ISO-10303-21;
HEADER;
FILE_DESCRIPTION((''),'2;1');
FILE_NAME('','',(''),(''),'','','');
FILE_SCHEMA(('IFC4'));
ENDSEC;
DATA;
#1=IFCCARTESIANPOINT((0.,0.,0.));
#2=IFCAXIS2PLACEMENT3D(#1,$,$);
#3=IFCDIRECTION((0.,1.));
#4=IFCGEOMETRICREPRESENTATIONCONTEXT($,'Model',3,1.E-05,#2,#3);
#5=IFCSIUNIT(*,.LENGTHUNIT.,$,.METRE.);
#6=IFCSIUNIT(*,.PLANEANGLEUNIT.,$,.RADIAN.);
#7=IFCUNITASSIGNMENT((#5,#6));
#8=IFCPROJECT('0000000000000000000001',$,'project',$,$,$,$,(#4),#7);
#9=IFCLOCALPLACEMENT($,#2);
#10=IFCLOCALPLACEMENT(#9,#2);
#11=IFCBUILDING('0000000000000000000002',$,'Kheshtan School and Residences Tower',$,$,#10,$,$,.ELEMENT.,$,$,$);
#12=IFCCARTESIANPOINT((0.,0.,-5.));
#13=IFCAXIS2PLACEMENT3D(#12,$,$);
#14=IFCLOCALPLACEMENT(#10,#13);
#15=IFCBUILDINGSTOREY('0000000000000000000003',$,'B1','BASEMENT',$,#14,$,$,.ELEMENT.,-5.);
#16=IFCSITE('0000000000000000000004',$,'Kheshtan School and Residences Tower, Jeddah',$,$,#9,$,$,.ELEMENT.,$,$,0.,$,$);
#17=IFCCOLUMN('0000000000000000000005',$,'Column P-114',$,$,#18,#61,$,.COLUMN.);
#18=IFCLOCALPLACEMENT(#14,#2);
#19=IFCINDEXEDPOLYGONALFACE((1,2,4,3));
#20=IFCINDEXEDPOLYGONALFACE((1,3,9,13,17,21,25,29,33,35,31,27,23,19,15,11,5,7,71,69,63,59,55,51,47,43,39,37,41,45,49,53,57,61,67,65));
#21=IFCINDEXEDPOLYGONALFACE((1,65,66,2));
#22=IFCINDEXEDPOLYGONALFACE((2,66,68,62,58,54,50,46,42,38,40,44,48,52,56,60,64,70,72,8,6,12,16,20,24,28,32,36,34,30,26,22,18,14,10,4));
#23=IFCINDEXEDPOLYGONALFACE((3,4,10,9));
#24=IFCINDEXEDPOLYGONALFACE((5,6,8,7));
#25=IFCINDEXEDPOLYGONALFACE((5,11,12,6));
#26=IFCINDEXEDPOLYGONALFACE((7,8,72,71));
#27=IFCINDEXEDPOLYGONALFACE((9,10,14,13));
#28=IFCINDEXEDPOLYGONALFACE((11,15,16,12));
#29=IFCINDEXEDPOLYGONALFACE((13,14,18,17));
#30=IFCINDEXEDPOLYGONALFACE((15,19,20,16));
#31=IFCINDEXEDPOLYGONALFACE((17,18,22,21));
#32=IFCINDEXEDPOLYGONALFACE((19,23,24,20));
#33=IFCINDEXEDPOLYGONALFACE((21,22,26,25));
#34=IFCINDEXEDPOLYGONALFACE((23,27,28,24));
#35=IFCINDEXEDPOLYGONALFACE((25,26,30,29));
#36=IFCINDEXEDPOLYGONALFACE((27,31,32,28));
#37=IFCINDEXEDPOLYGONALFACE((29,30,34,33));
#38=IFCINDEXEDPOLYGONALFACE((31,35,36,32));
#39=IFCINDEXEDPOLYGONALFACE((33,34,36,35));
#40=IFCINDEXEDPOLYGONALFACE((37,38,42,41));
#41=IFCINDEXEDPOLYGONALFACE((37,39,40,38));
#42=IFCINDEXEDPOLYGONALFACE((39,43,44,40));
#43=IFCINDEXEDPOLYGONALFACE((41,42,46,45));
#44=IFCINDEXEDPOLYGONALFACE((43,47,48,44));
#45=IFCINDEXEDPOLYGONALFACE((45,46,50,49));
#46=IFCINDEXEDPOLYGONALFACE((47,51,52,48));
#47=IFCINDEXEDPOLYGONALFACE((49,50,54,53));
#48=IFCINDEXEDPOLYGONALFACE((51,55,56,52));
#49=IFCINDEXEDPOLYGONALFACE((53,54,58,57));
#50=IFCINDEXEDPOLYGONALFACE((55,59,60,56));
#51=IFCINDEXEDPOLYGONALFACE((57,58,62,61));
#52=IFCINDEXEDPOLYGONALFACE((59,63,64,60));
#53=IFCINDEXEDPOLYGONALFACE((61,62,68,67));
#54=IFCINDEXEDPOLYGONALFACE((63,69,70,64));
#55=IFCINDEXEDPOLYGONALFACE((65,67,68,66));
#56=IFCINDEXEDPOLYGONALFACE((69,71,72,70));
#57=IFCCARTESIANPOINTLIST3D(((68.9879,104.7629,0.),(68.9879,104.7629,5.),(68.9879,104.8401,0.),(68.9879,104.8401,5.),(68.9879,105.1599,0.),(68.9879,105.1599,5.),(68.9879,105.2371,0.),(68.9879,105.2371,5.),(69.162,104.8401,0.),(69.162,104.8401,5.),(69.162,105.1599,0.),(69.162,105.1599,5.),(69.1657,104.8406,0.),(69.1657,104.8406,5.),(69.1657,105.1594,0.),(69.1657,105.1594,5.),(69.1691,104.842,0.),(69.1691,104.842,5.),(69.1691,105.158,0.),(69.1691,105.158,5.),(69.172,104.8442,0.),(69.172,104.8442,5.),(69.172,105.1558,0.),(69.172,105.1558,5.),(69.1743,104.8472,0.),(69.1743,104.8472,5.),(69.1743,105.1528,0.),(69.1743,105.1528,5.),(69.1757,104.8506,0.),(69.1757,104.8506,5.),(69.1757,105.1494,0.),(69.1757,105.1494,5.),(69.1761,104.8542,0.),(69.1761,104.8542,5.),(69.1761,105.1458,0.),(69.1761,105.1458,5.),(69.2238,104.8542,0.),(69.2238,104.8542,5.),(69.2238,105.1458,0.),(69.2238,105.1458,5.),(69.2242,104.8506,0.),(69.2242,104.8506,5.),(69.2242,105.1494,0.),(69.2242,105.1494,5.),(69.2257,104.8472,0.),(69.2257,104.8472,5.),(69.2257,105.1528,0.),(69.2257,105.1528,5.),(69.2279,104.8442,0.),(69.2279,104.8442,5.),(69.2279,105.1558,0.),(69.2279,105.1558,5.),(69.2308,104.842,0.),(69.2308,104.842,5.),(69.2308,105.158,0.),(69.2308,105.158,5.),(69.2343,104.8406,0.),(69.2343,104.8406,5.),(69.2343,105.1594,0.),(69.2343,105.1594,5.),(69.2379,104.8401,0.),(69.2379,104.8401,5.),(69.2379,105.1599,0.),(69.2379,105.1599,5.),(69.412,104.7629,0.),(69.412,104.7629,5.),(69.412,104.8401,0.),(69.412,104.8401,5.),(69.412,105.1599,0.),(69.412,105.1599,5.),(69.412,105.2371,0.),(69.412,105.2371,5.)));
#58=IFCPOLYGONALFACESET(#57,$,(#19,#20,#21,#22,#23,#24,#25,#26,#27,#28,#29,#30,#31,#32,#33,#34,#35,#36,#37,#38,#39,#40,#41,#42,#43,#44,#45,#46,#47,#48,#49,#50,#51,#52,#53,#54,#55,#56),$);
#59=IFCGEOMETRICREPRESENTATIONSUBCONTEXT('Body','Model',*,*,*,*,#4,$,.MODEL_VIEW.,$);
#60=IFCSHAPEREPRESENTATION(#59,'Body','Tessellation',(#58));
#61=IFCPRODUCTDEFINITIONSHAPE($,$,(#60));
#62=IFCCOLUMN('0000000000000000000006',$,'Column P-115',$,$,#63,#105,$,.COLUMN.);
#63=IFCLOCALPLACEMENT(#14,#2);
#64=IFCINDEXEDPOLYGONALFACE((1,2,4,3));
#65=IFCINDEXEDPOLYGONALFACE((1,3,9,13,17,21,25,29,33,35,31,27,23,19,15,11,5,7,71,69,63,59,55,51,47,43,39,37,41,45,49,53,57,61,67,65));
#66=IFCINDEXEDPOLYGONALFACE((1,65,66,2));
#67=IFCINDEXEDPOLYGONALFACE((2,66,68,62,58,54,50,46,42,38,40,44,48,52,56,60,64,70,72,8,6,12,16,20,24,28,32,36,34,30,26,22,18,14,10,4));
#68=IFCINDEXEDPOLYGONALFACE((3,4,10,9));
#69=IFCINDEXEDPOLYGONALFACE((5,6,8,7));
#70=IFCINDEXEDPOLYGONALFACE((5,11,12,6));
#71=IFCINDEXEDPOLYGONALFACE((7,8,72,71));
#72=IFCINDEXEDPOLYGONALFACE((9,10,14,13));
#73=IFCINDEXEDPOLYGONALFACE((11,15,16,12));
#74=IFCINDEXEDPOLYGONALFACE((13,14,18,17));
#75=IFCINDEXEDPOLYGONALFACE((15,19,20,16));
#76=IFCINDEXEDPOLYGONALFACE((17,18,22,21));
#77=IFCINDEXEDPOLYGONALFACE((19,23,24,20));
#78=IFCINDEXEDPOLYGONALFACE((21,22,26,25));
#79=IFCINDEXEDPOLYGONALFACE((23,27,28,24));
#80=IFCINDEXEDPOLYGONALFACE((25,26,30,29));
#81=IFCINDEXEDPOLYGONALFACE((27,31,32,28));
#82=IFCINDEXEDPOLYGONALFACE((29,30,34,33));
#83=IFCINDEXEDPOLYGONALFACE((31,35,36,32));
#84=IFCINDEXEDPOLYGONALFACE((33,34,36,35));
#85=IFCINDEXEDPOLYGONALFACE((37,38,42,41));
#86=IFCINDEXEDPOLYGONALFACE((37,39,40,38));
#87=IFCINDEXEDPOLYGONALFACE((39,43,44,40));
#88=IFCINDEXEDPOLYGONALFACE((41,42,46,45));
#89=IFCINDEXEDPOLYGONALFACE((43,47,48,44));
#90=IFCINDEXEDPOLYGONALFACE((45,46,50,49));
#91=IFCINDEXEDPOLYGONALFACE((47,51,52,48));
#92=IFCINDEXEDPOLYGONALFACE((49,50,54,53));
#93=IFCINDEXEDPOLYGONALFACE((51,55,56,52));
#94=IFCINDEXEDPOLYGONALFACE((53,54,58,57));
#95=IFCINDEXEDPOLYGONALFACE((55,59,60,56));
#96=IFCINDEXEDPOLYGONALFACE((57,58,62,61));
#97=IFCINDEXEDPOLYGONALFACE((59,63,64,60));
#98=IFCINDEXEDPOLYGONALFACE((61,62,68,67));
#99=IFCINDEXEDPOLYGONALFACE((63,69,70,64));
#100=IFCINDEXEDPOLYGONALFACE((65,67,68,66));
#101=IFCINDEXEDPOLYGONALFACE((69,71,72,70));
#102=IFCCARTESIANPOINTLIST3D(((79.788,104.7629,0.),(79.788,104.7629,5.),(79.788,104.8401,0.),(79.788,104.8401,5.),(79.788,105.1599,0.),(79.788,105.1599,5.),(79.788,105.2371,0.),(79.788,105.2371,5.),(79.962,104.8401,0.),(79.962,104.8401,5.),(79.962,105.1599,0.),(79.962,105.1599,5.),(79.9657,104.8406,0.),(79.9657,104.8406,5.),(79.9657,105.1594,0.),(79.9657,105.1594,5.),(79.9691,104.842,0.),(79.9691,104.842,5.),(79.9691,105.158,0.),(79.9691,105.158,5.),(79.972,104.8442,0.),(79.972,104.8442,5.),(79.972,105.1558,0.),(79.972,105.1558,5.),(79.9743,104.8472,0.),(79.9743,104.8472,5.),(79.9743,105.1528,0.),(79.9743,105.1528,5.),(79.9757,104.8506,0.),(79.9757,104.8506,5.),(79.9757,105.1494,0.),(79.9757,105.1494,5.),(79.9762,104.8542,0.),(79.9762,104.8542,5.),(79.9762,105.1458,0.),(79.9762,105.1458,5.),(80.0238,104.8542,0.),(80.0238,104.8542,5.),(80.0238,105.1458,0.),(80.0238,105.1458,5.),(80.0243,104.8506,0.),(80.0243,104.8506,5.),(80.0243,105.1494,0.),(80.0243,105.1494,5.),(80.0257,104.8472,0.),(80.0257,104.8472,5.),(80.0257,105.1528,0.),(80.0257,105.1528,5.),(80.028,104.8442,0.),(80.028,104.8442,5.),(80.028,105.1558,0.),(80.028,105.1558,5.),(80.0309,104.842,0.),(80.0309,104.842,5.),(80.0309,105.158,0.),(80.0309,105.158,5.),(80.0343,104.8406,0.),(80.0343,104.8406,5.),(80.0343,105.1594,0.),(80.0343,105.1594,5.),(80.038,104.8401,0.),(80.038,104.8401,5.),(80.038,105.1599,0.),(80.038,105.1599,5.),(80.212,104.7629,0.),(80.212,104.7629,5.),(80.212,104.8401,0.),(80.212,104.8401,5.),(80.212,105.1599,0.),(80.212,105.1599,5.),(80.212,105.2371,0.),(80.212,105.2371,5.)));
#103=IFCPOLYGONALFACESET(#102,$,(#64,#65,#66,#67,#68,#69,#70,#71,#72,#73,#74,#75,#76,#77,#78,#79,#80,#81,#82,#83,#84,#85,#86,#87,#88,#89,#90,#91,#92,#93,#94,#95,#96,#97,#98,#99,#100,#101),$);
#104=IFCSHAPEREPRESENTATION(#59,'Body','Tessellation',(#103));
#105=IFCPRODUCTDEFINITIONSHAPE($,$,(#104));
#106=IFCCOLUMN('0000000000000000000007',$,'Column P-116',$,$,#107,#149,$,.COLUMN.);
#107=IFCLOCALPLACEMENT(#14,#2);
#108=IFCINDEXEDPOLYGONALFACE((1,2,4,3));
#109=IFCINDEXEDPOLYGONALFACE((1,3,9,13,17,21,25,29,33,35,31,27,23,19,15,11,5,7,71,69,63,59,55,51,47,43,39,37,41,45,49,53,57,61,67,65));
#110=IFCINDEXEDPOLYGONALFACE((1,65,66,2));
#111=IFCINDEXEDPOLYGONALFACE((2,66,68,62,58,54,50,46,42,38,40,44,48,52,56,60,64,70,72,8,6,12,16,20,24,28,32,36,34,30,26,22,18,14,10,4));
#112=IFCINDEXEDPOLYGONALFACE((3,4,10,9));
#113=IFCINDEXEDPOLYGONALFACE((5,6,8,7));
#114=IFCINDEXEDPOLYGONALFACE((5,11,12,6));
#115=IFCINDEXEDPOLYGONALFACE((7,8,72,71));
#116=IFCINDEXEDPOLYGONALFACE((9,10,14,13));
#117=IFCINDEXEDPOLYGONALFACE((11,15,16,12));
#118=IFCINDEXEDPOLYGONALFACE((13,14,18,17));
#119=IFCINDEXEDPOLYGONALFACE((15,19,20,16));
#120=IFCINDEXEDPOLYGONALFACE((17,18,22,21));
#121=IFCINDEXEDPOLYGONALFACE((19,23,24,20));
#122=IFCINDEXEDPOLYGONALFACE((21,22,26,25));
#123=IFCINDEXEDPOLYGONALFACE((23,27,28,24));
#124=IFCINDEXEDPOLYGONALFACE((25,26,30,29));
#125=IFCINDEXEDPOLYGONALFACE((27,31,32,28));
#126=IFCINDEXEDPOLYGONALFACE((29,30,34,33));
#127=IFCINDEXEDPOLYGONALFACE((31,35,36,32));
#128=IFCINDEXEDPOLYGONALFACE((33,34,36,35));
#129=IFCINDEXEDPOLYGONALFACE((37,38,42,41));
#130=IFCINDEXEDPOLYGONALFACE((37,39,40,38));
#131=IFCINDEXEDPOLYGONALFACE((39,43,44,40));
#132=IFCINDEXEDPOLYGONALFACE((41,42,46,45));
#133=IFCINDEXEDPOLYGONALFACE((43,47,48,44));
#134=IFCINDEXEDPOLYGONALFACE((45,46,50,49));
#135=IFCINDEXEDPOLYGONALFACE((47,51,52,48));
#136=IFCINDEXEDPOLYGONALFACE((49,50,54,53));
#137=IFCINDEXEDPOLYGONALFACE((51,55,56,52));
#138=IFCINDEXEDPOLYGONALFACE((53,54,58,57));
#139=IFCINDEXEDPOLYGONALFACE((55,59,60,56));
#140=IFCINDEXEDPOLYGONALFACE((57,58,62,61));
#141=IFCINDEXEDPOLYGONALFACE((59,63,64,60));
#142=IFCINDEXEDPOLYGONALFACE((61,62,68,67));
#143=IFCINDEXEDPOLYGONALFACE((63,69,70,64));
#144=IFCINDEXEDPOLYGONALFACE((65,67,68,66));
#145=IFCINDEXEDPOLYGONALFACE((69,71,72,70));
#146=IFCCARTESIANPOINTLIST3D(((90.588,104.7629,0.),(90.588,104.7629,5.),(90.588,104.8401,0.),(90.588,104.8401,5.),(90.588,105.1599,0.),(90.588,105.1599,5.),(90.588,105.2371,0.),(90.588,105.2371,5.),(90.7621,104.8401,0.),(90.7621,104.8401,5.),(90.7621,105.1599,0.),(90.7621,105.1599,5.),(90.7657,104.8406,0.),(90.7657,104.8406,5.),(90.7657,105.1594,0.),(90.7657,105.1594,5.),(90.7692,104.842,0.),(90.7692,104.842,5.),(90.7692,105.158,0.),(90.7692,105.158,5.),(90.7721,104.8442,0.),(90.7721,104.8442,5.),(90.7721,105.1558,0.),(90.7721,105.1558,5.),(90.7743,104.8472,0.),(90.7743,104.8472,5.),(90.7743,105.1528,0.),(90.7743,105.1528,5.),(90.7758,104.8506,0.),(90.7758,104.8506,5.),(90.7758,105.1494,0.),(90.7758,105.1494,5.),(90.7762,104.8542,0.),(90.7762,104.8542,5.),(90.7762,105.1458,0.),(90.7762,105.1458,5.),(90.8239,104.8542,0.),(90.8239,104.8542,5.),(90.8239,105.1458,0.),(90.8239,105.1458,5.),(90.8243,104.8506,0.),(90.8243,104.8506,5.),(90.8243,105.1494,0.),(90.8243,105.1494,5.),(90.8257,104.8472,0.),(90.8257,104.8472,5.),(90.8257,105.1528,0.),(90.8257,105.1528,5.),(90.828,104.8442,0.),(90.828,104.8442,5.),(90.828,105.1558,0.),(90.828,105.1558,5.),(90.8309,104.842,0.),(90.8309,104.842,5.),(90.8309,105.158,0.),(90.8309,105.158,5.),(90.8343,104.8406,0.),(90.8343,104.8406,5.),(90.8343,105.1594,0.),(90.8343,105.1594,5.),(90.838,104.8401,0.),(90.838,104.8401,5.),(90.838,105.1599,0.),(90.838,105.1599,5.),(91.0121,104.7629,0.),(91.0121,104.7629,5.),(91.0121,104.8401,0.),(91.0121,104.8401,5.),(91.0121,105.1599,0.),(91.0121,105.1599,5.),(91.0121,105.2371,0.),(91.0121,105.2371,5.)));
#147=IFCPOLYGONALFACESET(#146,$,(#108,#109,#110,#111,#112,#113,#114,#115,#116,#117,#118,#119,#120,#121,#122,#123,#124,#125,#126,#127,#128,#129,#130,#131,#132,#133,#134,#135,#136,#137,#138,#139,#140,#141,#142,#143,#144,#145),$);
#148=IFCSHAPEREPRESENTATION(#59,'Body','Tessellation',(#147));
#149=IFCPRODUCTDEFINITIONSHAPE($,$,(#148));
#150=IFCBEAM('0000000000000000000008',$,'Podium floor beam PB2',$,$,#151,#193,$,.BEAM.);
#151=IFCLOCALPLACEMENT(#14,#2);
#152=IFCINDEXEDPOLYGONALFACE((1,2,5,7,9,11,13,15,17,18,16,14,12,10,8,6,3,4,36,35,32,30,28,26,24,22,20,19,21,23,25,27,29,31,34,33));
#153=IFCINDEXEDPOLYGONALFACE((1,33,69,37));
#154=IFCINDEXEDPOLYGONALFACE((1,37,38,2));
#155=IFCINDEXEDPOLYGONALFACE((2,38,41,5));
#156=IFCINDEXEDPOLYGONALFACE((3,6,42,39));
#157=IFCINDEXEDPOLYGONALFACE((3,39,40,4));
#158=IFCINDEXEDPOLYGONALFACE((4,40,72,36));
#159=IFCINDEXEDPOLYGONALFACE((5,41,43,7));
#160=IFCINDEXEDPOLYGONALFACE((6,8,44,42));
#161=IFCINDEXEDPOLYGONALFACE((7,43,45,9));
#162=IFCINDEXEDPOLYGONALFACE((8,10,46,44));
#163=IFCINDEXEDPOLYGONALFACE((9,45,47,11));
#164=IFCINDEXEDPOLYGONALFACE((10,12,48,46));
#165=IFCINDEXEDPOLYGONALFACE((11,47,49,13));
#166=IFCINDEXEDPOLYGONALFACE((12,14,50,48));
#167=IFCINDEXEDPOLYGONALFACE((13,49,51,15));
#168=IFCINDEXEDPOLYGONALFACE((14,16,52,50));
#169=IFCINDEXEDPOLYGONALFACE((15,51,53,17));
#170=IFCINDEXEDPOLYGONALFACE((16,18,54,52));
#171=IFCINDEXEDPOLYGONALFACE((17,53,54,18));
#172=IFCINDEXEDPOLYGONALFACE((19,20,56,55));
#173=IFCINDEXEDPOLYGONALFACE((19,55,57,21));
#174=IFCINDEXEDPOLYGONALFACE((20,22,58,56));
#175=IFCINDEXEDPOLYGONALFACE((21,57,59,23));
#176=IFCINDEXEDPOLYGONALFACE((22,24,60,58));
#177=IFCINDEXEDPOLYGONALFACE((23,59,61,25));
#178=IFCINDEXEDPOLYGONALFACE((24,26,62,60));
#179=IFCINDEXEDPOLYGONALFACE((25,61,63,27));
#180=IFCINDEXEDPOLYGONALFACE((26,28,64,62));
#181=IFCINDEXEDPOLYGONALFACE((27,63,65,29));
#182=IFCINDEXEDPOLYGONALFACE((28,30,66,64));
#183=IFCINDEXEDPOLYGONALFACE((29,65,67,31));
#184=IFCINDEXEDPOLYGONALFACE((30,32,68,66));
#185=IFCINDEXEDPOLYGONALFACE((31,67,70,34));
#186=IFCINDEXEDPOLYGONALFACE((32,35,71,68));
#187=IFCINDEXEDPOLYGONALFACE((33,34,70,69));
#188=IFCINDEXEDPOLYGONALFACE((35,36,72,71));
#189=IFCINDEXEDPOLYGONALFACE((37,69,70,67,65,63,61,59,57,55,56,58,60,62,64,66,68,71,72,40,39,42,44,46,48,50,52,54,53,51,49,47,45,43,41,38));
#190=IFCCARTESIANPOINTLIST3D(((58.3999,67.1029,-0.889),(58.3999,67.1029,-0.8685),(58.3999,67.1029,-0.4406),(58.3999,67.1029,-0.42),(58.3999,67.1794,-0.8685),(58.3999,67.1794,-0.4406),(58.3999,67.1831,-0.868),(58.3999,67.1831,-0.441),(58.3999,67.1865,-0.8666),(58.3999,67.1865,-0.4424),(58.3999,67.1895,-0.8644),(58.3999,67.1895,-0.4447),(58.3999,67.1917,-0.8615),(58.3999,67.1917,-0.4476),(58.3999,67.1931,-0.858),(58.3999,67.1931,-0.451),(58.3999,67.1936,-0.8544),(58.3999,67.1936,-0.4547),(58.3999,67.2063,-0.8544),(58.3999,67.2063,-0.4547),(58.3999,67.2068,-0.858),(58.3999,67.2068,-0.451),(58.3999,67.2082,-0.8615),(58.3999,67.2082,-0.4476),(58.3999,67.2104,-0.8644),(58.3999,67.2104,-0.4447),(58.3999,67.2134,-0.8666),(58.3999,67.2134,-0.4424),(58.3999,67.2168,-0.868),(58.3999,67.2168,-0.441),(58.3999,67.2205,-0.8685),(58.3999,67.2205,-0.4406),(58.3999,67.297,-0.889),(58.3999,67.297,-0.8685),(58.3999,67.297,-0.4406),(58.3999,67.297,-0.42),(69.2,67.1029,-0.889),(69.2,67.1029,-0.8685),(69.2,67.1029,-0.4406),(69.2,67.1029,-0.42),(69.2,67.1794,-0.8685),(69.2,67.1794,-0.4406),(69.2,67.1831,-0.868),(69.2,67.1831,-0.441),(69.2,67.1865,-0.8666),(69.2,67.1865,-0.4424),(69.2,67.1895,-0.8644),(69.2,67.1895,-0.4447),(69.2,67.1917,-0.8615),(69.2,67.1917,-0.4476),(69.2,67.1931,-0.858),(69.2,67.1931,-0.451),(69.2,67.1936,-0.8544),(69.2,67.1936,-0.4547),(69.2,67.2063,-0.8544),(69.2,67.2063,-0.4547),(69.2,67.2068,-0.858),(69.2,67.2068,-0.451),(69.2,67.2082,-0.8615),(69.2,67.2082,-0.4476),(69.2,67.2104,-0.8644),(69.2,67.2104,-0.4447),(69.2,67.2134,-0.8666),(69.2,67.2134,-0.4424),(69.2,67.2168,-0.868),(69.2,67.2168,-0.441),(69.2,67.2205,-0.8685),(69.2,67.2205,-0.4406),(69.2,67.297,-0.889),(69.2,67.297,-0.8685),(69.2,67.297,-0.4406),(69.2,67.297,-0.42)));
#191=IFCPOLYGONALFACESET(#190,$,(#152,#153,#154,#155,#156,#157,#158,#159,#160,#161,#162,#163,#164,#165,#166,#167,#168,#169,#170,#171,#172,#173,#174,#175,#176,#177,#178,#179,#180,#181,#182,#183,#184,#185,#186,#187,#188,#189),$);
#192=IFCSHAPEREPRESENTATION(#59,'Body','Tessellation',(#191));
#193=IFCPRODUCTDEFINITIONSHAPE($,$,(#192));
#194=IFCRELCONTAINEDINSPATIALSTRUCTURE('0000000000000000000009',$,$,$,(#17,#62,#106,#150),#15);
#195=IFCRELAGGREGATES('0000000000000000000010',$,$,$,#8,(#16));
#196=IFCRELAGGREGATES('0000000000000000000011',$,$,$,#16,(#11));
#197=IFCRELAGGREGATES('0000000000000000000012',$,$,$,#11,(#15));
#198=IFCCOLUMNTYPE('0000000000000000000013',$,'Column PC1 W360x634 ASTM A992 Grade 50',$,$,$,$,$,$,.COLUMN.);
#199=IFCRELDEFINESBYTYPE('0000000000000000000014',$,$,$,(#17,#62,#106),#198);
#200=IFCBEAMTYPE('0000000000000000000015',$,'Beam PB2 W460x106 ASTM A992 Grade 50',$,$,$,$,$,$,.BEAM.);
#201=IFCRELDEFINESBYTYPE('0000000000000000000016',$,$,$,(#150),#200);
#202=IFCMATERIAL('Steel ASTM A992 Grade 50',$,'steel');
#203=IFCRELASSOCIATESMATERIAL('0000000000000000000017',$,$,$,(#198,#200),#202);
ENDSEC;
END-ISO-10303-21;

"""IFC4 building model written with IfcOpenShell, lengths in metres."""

from ifc_helpers import new_model, si_unit, direction, frame, origin, origin_2d, place, context, subcontext, project, spatial, i_section, extrude, material, material_profile, profile_set, type_object, element, save


model = new_model("IFC4")

# Units and contexts
model_context = context("Model", 3, precision=1e-05, world=origin(), true_north=direction((0.0, 1.0)))
body_context = subcontext(model_context, "Body", "Model", "MODEL_VIEW")
ifc_project = project(units=[si_unit("LENGTHUNIT", "METRE"), si_unit("PLANEANGLEUNIT", "RADIAN")], contexts=[model_context])

# Site, building, storey
site_placement = place(None, origin())
site = spatial("IfcSite", under=ifc_project, at=site_placement, Name="Kheshtan School and Residences Tower, Jeddah", CompositionType="ELEMENT", RefElevation=0.0)
building_placement = place(site_placement, origin())
building = spatial("IfcBuilding", under=site, at=building_placement, Name="Kheshtan School and Residences Tower", CompositionType="ELEMENT")
storey_placement = place(building_placement, frame((0.0, 0.0, -5.0)))
storey = spatial("IfcBuildingStorey", under=building, at=storey_placement, Name="B1", Description="BASEMENT", CompositionType="ELEMENT", Elevation=-5.0)

# Columns
ifc_material_1 = material(Name="Steel ASTM A992 Grade 50", Category="steel")
ifc_material_profile_1 = material_profile(ifc_material_1, i_section(OverallWidth=0.4241, OverallDepth=0.4741, WebThickness=0.0476, FlangeThickness=0.0771, FilletRadius=0.0142, at=origin_2d()), Name="W360x634")
ifc_profile_set_1 = profile_set([ifc_material_profile_1], Name="Steel ASTM A992 Grade 50")
column_type = type_object("IfcColumnType", Name="Column PC1 W360x634 ASTM A992 Grade 50", PredefinedType="COLUMN", material=ifc_profile_set_1)
for number, where, z_axis, x_axis, name in (
    (1, (69.2, 105.0, 0.0), (0.0, 0.0, 1.0), (1.0, 0.0, 0.0), "Column P-114"),
    (2, (80.0, 105.0, 0.0), (0.0, 0.0, 1.0), (1.0, 0.0, 0.0), "Column P-115"),
    (3, (90.8, 105.0, 0.0), (0.0, 0.0, 1.0), (1.0, 0.0, 0.0), "Column P-116"),
):
    element("IfcColumn", number, at=place(storey_placement, frame(where, z_axis=z_axis, x_axis=x_axis)), inside=storey, type_object=column_type, Name=name, PredefinedType="COLUMN", context=body_context, shape_type="SweptSolid", body=[
        extrude(i_section(OverallWidth=0.4241, OverallDepth=0.4741, WebThickness=0.0476, FlangeThickness=0.0771, FilletRadius=0.0142, at=origin_2d()), origin(), (0.0, 0.0, 1.0), 5.0),
    ])

# Beam
ifc_material_profile_2 = material_profile(ifc_material_1, i_section(OverallWidth=0.1941, OverallDepth=0.469, WebThickness=0.0127, FlangeThickness=0.0205, FilletRadius=0.0142, at=origin_2d()), Name="W460x106")
ifc_profile_set_2 = profile_set([ifc_material_profile_2], Name="Steel ASTM A992 Grade 50")
beam_type = type_object("IfcBeamType", Name="Beam PB2 W460x106 ASTM A992 Grade 50", PredefinedType="BEAM", material=ifc_profile_set_2)
beam_placement = place(storey_placement, frame((58.3999, 67.2, -0.6545), z_axis=(1.0, 0.0, 0.0), x_axis=(0.0, 1.0, 0.0)))
element("IfcBeam", 4, at=beam_placement, inside=storey, type_object=beam_type, Name="Podium floor beam PB2", PredefinedType="BEAM", context=body_context, shape_type="SweptSolid", body=[
    extrude(i_section(OverallWidth=0.1941, OverallDepth=0.469, WebThickness=0.0127, FlangeThickness=0.0205, FilletRadius=0.0142, at=origin_2d()), origin(), (0.0, 0.0, 1.0), 10.8),
])

save(model, "model.ifc")
